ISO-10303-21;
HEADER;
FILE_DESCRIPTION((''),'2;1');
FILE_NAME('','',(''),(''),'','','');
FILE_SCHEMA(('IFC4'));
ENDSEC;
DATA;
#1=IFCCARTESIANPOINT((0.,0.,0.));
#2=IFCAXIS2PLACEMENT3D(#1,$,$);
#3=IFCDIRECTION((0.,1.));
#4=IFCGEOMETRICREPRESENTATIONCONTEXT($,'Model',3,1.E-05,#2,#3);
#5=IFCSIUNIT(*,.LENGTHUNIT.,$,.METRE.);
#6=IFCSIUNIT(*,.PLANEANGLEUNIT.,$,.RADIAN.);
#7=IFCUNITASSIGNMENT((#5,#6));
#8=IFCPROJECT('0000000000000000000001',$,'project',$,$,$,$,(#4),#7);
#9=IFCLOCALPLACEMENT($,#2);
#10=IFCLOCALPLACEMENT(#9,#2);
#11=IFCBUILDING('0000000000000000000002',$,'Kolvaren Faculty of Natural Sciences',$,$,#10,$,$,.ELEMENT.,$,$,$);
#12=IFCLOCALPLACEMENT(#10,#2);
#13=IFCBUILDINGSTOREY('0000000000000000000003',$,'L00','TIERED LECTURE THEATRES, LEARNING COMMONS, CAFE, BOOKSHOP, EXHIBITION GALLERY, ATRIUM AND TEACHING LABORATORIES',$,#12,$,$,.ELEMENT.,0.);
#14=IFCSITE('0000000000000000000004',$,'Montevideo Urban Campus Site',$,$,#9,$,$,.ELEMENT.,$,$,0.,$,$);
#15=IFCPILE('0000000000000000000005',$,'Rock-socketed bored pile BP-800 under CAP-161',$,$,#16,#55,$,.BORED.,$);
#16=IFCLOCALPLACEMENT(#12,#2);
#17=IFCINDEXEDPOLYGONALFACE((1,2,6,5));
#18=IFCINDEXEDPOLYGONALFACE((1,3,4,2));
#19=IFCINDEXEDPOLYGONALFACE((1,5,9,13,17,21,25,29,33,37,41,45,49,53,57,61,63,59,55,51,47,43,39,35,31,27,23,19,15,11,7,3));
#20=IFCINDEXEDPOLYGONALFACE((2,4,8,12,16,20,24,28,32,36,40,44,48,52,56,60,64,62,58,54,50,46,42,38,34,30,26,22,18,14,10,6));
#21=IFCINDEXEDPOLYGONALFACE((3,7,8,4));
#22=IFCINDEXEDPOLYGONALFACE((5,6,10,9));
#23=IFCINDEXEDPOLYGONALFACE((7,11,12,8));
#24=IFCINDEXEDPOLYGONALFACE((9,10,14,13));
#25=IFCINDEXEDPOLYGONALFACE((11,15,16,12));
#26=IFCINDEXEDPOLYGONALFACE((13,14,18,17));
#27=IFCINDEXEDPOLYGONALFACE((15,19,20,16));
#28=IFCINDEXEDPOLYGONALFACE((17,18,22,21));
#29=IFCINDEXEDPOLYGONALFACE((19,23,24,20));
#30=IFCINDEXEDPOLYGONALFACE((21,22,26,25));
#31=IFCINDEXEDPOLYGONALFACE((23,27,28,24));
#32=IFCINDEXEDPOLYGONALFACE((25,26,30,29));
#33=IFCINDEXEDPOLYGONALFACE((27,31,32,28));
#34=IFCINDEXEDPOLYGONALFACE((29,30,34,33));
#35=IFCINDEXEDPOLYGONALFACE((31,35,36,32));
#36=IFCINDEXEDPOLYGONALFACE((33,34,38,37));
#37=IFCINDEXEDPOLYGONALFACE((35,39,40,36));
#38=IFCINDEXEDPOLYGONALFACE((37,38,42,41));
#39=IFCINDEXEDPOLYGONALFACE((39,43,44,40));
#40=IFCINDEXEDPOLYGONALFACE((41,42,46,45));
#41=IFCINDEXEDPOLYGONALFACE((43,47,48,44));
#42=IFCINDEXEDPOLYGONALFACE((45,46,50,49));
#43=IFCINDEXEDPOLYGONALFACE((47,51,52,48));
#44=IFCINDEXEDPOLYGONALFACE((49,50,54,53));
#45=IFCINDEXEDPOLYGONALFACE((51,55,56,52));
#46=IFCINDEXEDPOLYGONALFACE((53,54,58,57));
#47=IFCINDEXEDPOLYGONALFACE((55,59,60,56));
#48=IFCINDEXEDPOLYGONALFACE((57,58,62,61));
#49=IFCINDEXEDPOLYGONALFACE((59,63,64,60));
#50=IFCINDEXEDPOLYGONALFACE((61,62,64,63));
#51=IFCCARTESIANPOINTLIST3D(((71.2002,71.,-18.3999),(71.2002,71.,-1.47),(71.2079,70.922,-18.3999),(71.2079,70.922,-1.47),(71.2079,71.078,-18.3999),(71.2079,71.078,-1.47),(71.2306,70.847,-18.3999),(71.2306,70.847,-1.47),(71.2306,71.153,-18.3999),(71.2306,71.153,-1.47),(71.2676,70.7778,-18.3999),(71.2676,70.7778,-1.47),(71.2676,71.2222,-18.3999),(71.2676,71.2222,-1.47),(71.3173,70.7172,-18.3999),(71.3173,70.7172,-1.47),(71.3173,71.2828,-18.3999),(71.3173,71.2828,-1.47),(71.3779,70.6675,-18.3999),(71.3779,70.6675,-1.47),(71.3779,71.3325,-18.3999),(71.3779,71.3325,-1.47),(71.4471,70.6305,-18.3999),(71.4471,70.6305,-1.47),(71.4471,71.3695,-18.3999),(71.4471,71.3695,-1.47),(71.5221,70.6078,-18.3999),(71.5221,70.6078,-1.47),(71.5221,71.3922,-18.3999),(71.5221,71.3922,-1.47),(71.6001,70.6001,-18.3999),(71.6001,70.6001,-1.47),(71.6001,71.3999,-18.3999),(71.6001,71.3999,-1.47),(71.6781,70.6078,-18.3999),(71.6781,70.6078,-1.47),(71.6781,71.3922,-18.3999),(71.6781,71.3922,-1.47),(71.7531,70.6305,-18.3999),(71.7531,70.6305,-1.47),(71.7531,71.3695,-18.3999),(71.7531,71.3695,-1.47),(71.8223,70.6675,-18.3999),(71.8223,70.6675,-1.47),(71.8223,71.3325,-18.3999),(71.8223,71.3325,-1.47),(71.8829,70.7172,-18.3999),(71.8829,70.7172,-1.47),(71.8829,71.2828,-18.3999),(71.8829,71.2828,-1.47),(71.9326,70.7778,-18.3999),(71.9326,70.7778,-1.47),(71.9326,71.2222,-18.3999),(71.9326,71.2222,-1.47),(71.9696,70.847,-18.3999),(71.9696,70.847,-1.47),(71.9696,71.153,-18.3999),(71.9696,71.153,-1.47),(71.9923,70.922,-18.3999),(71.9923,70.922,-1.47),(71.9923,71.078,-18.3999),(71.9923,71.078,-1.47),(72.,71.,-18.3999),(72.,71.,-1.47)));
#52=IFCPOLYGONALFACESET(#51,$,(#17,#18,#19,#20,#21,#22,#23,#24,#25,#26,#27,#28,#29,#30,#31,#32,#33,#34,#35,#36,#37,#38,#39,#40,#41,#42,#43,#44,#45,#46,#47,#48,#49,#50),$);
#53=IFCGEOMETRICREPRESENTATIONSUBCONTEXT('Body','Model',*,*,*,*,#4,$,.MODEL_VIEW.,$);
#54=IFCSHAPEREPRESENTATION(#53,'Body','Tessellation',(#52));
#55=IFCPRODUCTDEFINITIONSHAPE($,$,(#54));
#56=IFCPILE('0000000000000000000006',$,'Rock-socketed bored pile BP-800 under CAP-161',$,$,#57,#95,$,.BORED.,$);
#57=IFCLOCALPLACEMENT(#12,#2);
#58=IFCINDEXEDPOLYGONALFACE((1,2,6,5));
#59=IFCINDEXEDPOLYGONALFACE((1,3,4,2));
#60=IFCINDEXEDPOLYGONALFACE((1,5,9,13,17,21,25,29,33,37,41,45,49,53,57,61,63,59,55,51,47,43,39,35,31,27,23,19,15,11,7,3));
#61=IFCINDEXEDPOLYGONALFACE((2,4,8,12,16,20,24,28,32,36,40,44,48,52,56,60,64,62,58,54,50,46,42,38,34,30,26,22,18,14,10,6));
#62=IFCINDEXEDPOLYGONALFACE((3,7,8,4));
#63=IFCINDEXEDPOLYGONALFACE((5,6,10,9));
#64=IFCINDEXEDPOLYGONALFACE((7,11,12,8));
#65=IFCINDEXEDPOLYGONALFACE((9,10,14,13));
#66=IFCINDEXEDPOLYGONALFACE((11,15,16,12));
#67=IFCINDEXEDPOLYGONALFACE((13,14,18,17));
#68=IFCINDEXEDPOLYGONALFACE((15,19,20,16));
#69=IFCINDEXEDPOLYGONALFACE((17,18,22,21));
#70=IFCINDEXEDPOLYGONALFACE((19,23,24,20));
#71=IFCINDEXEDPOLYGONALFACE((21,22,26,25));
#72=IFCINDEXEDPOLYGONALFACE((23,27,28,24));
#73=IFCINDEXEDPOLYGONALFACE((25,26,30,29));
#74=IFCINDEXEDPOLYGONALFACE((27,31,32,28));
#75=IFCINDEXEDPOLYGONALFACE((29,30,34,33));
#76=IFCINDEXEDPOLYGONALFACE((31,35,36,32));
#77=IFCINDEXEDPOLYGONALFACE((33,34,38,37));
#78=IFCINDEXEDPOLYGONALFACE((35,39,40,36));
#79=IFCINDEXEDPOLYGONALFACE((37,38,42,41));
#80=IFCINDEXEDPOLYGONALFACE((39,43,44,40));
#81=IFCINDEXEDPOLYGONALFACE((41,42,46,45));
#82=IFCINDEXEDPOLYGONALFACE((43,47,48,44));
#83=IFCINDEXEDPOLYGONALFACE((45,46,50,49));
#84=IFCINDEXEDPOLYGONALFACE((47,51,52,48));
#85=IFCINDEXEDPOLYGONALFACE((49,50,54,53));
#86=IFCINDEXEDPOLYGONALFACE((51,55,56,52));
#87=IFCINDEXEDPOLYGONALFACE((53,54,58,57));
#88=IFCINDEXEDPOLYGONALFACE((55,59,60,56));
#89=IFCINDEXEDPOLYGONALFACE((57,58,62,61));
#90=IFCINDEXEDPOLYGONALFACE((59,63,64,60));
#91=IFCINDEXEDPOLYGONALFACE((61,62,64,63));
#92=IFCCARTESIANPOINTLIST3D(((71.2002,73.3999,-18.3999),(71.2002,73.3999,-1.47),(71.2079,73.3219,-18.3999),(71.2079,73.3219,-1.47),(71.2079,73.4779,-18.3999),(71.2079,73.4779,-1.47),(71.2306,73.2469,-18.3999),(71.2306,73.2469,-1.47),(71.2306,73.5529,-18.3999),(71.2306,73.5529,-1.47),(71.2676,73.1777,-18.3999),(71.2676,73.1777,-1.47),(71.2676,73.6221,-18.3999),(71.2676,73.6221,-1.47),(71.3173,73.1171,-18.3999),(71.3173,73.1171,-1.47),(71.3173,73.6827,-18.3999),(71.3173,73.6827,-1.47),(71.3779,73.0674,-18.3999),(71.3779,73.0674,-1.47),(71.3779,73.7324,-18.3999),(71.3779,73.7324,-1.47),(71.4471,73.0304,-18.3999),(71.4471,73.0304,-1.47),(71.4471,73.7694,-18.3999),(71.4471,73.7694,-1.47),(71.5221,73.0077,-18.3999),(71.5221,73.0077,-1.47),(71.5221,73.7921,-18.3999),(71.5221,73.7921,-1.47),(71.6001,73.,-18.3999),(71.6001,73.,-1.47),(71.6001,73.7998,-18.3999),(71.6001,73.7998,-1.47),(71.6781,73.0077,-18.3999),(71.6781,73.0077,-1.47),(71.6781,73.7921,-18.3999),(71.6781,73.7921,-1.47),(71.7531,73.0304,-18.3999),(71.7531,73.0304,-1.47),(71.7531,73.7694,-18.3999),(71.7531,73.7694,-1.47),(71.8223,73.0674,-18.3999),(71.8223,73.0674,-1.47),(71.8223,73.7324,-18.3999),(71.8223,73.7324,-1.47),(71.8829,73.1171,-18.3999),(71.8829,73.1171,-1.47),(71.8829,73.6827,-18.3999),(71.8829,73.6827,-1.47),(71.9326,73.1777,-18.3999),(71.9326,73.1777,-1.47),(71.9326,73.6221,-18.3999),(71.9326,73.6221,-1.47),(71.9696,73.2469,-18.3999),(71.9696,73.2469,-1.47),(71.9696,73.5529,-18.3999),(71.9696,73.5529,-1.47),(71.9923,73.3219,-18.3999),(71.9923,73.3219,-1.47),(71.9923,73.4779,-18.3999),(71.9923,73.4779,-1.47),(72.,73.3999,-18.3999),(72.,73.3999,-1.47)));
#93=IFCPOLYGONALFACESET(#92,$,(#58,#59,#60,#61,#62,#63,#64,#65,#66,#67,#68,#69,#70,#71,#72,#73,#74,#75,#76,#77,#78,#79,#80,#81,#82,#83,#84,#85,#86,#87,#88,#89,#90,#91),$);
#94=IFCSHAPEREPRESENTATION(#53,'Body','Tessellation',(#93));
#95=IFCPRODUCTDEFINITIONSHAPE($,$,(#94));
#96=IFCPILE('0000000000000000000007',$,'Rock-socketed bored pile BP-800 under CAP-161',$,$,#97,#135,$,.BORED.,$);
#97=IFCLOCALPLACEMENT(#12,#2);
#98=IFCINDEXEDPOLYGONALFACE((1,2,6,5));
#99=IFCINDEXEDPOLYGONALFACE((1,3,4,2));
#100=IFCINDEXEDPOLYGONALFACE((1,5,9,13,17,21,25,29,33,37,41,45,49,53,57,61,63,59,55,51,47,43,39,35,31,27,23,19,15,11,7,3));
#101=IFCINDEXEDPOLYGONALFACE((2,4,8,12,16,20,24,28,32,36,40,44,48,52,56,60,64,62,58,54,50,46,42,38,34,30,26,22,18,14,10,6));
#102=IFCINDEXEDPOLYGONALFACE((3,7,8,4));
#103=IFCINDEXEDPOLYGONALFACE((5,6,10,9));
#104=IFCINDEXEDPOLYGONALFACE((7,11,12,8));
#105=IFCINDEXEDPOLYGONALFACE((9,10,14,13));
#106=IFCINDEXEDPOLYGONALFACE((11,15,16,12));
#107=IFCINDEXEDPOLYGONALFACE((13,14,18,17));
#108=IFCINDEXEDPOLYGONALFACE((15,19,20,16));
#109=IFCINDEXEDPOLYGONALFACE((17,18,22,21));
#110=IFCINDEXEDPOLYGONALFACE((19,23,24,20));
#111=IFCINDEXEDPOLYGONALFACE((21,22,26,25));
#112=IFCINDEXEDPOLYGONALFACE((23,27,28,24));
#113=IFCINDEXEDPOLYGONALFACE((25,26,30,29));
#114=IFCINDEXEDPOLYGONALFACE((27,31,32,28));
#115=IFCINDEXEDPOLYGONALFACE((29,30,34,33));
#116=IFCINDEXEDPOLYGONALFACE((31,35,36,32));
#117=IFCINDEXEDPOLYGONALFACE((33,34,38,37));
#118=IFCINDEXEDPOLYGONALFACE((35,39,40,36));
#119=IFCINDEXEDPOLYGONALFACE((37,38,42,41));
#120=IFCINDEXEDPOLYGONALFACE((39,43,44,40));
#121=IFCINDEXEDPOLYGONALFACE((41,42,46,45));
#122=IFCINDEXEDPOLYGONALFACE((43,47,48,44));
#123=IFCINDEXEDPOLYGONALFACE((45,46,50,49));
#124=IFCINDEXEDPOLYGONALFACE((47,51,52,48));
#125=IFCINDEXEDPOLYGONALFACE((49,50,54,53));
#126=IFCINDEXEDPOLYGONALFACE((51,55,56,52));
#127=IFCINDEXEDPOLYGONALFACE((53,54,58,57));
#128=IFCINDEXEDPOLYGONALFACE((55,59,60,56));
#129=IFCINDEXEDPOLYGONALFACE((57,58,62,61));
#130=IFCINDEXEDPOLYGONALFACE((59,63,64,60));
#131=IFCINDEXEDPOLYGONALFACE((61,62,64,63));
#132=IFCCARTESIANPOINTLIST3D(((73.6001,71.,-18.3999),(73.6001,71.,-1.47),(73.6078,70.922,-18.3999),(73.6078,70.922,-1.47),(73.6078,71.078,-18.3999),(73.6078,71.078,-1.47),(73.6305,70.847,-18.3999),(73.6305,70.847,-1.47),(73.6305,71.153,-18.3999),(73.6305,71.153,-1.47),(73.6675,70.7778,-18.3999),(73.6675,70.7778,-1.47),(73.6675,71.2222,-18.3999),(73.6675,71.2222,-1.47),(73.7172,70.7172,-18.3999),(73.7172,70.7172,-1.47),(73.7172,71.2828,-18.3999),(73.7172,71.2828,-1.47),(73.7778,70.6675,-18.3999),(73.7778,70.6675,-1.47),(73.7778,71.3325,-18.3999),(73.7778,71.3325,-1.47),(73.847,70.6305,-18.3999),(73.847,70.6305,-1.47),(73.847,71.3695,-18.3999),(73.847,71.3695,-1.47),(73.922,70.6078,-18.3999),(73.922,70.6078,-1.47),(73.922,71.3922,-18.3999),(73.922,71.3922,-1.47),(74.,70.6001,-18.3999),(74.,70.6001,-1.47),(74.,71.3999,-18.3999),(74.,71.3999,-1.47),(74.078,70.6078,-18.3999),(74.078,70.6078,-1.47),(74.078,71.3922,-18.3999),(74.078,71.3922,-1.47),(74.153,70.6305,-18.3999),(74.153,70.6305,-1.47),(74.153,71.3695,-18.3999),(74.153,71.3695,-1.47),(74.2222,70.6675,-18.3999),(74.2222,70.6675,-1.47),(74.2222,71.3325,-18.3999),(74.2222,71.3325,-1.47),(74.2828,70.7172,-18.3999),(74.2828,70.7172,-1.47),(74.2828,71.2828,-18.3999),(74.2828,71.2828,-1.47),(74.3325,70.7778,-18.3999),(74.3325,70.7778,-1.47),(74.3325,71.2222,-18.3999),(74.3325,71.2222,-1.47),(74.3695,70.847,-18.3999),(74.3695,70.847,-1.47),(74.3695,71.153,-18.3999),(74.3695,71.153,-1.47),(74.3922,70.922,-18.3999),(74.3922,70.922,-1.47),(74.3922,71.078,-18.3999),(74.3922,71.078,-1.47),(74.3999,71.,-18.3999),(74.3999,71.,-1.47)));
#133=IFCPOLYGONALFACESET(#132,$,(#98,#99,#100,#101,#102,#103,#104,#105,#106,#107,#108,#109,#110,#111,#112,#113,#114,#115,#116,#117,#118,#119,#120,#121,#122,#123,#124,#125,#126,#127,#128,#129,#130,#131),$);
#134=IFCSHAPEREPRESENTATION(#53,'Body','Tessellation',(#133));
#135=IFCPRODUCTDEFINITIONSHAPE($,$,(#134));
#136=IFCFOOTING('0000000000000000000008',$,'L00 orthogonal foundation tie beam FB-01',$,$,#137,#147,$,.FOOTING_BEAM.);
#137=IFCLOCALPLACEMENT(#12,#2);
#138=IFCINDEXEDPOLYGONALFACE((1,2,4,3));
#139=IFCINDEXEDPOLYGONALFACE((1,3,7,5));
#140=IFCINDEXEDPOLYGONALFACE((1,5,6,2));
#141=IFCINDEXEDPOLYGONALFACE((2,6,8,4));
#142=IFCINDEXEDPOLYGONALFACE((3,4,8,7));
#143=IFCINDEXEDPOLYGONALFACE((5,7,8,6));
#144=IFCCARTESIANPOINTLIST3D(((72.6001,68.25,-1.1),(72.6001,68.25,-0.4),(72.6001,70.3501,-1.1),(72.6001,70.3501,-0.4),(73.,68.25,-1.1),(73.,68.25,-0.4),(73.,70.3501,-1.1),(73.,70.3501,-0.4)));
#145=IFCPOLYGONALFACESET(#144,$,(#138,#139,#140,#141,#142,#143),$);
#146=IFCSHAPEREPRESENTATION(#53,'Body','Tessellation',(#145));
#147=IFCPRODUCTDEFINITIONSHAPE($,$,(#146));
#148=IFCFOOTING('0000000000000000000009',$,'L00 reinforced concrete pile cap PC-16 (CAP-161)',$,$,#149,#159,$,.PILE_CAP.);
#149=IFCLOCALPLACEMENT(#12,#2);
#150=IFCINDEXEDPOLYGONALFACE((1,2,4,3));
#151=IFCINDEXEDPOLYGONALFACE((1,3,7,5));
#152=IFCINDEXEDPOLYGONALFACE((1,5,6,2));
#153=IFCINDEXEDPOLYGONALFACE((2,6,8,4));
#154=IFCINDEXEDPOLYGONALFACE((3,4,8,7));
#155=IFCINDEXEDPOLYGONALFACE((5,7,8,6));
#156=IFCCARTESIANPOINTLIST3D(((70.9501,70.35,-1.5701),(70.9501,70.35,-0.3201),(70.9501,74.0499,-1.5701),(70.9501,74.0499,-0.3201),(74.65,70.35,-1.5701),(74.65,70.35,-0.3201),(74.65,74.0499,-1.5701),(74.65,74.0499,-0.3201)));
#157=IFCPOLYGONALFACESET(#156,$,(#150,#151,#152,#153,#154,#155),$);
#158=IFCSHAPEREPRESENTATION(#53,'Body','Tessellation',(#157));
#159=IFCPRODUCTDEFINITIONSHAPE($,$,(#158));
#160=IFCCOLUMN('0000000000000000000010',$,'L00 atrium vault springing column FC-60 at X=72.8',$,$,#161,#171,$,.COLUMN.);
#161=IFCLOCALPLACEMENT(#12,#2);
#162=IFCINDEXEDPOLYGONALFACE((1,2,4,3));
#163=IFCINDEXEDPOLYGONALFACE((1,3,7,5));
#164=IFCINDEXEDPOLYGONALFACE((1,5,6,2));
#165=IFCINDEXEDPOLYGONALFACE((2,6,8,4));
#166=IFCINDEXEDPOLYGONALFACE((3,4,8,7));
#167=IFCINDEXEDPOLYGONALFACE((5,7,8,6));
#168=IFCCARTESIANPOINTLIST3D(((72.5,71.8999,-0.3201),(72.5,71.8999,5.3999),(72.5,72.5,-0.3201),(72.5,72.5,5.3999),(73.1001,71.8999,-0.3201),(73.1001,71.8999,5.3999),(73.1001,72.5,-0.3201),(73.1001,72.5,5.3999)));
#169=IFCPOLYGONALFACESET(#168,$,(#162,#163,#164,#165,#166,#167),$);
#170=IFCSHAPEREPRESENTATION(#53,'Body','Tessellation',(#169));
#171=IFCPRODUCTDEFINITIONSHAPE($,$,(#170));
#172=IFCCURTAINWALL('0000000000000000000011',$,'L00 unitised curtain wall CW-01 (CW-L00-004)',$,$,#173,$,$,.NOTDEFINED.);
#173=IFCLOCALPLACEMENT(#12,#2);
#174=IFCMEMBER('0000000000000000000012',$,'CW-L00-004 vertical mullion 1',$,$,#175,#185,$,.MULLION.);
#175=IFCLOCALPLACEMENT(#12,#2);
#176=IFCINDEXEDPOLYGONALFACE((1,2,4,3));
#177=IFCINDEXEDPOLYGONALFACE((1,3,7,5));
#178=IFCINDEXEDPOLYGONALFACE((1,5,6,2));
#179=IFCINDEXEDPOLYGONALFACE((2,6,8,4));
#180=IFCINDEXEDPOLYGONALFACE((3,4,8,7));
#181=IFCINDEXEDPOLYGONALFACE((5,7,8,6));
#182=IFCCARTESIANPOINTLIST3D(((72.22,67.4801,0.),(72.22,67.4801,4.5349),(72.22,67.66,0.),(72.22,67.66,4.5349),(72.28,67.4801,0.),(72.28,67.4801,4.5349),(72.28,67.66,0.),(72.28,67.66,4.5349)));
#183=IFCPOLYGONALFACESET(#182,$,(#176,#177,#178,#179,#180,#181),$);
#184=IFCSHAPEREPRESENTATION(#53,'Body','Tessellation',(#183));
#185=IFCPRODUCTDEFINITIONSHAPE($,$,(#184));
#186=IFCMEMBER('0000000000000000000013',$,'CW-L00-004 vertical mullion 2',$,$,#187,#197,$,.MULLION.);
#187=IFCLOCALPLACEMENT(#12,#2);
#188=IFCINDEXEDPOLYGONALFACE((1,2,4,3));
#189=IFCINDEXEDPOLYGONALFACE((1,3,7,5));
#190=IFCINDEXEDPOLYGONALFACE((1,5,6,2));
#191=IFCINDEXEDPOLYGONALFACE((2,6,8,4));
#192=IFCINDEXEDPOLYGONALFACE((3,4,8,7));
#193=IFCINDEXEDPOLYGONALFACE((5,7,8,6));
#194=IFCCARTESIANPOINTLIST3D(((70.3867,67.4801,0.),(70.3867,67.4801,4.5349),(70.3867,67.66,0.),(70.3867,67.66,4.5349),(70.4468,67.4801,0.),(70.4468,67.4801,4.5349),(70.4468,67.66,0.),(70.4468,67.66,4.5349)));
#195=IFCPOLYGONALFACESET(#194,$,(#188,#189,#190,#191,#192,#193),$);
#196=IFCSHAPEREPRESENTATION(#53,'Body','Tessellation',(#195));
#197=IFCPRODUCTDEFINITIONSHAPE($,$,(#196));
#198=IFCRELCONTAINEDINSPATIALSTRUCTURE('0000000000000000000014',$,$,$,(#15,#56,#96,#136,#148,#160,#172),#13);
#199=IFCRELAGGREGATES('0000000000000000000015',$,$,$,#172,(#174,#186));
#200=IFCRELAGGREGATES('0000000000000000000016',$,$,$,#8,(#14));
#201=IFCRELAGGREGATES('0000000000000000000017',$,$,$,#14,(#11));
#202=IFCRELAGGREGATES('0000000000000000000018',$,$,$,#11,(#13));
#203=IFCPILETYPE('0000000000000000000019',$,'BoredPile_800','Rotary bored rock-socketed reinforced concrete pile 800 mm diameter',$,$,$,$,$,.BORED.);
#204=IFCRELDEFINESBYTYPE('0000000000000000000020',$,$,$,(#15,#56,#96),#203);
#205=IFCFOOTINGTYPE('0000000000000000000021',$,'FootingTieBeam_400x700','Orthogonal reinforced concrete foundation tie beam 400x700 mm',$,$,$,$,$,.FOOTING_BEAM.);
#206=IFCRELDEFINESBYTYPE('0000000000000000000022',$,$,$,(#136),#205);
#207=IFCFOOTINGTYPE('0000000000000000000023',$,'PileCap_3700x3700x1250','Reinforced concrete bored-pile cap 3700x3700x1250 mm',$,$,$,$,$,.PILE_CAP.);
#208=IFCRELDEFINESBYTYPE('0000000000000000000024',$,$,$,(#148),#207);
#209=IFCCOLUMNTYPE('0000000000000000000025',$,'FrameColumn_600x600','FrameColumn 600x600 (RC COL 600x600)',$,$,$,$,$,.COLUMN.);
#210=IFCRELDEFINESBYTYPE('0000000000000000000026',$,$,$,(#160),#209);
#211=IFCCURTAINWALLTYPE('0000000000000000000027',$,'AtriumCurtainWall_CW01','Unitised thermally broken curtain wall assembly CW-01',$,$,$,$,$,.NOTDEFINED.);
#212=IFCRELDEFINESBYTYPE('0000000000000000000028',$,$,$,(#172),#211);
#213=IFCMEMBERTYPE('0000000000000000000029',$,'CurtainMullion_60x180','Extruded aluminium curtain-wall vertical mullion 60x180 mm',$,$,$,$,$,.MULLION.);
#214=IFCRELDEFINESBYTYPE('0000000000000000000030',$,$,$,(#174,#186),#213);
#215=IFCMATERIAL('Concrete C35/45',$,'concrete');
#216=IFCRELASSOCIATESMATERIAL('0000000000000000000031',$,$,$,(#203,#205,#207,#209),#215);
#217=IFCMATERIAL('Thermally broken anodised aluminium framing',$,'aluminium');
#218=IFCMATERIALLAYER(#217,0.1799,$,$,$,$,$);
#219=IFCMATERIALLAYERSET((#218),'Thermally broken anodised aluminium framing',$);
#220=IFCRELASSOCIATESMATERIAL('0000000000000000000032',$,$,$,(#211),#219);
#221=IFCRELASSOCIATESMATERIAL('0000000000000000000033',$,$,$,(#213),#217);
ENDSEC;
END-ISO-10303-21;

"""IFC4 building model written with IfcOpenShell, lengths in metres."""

from ifc_helpers import new_model, si_unit, direction, frame, origin, origin_2d, place, context, subcontext, project, spatial, rectangle, circle, extrude, material, layer, layer_set, material_profile, profile_set, type_object, element, aggregate, save


model = new_model("IFC4")

# Units and contexts
model_context = context("Model", 3, precision=1e-05, world=origin(), true_north=direction((0.0, 1.0)))
body_context = subcontext(model_context, "Body", "Model", "MODEL_VIEW")
ifc_project = project(units=[si_unit("LENGTHUNIT", "METRE"), si_unit("PLANEANGLEUNIT", "RADIAN")], contexts=[model_context])

# Site, building, storey
site_placement = place(None, origin())
site = spatial("IfcSite", under=ifc_project, at=site_placement, Name="Montevideo Urban Campus Site", CompositionType="ELEMENT", RefElevation=0.0)
building_placement = place(site_placement, origin())
building = spatial("IfcBuilding", under=site, at=building_placement, Name="Kolvaren Faculty of Natural Sciences", CompositionType="ELEMENT")
storey_placement = place(building_placement, origin())
storey = spatial("IfcBuildingStorey", under=building, at=storey_placement, Name="L00", Description="TIERED LECTURE THEATRES, LEARNING COMMONS, CAFE, BOOKSHOP, EXHIBITION GALLERY, ATRIUM AND TEACHING LABORATORIES", CompositionType="ELEMENT", Elevation=0.0)

# Piles
ifc_material_1 = material(Name="Concrete C35/45", Category="concrete")
ifc_material_profile_1 = material_profile(ifc_material_1, circle(Radius=0.3999, at=origin_2d()), Name="PILE D800")
ifc_profile_set_1 = profile_set([ifc_material_profile_1], Name="Concrete C35/45")
pile_type = type_object("IfcPileType", Name="BoredPile_800", Description="Rotary bored rock-socketed reinforced concrete pile 800 mm diameter", PredefinedType="BORED", material=ifc_profile_set_1)
for number, where, z_axis, x_axis, name in (
    (1, (71.6001, 71.0, -1.47), (0.0, 0.0, -1.0), (1.0, 0.0, 0.0), "Rock-socketed bored pile BP-800 under CAP-161"),
    (2, (71.6001, 73.3999, -1.47), (0.0, 0.0, -1.0), (1.0, 0.0, 0.0), "Rock-socketed bored pile BP-800 under CAP-161"),
    (3, (74.0, 71.0, -1.47), (0.0, 0.0, -1.0), (1.0, 0.0, 0.0), "Rock-socketed bored pile BP-800 under CAP-161"),
):
    element("IfcPile", number, at=place(storey_placement, frame(where, z_axis=z_axis, x_axis=x_axis)), inside=storey, type_object=pile_type, Name=name, PredefinedType="BORED", context=body_context, shape_type="SweptSolid", body=[
        extrude(circle(Radius=0.3999, at=origin_2d()), origin(), (0.0, 0.0, 1.0), 16.9299),
    ])

# Footings
ifc_material_profile_2 = material_profile(ifc_material_1, rectangle(XDim=0.3999, YDim=0.7, at=origin_2d()), Name="RC FB 400x700")
ifc_profile_set_2 = profile_set([ifc_material_profile_2], Name="Concrete C35/45")
footing_type_1 = type_object("IfcFootingType", Name="FootingTieBeam_400x700", Description="Orthogonal reinforced concrete foundation tie beam 400x700 mm", PredefinedType="FOOTING_BEAM", material=ifc_profile_set_2)
footing_1_placement = place(storey_placement, frame((72.8, 68.25, -0.75), z_axis=(0.0, 1.0, 0.0), x_axis=(-1.0, 0.0, 0.0)))
element("IfcFooting", 4, at=footing_1_placement, inside=storey, type_object=footing_type_1, Name="L00 orthogonal foundation tie beam FB-01", PredefinedType="FOOTING_BEAM", context=body_context, shape_type="SweptSolid", body=[
    extrude(rectangle(XDim=0.3999, YDim=0.7, at=origin_2d()), origin(), (0.0, 0.0, 1.0), 2.1001),
])
footing_type_2 = type_object("IfcFootingType", Name="PileCap_3700x3700x1250", Description="Reinforced concrete bored-pile cap 3700x3700x1250 mm", PredefinedType="PILE_CAP", material=ifc_material_1)
footing_2_placement = place(storey_placement, frame((72.8, 72.2, -1.5701), z_axis=(0.0, 0.0, 1.0), x_axis=(1.0, 0.0, 0.0)))
element("IfcFooting", 5, at=footing_2_placement, inside=storey, type_object=footing_type_2, Name="L00 reinforced concrete pile cap PC-16 (CAP-161)", PredefinedType="PILE_CAP", context=body_context, shape_type="SweptSolid", body=[
    extrude(rectangle(XDim=3.7, YDim=3.7, at=origin_2d()), origin(), (0.0, 0.0, 1.0), 1.25),
])

# Column
ifc_material_profile_3 = material_profile(ifc_material_1, rectangle(XDim=0.6001, YDim=0.6001, at=origin_2d()), Name="RC COL 600x600")
ifc_profile_set_3 = profile_set([ifc_material_profile_3], Name="Concrete C35/45")
column_type = type_object("IfcColumnType", Name="FrameColumn_600x600", Description="FrameColumn 600x600 (RC COL 600x600)", PredefinedType="COLUMN", material=ifc_profile_set_3)
column_placement = place(storey_placement, frame((72.8, 72.2, -0.3201), z_axis=(0.0, 0.0, 1.0), x_axis=(1.0, 0.0, 0.0)))
element("IfcColumn", 6, at=column_placement, inside=storey, type_object=column_type, Name="L00 atrium vault springing column FC-60 at X=72.8", PredefinedType="COLUMN", context=body_context, shape_type="SweptSolid", body=[
    extrude(rectangle(XDim=0.6001, YDim=0.6001, at=origin_2d()), origin(), (0.0, 0.0, 1.0), 5.72),
])

# Curtain wall, members
ifc_material_2 = material(Name="Thermally broken anodised aluminium framing", Category="aluminium")
ifc_layer_1 = layer(ifc_material_2, 0.1799)
ifc_layer_set_1 = layer_set([ifc_layer_1], Name="Thermally broken anodised aluminium framing")
curtain_wall_type = type_object("IfcCurtainWallType", Name="AtriumCurtainWall_CW01", Description="Unitised thermally broken curtain wall assembly CW-01", PredefinedType="NOTDEFINED", material=ifc_layer_set_1)
curtain_wall_placement = place(storey_placement, origin())
curtain_wall = element("IfcCurtainWall", 7, at=curtain_wall_placement, inside=storey, type_object=curtain_wall_type, Name="L00 unitised curtain wall CW-01 (CW-L00-004)", PredefinedType="NOTDEFINED")
ifc_material_profile_4 = material_profile(ifc_material_2, rectangle(XDim=0.0601, YDim=0.1799, at=origin_2d()), Name="ALU MUL 60x180")
ifc_profile_set_4 = profile_set([ifc_material_profile_4], Name="Thermally broken anodised aluminium framing")
member_type_1 = type_object("IfcMemberType", Name="CurtainMullion_60x180", Description="Extruded aluminium curtain-wall vertical mullion 60x180 mm", PredefinedType="MULLION", material=ifc_profile_set_4)
member_1_placement = place(storey_placement, frame((72.25, 67.5701, 0.0), z_axis=(0.0, 0.0, 1.0), x_axis=(-1.0, 0.0, 0.0)))
member_1 = element("IfcMember", 8, at=member_1_placement, type_object=member_type_1, Name="CW-L00-004 vertical mullion 1", PredefinedType="MULLION", context=body_context, shape_type="SweptSolid", body=[
    extrude(rectangle(XDim=0.0601, YDim=0.1799, at=origin_2d()), origin(), (0.0, 0.0, 1.0), 4.5349),
])
member_2_placement = place(storey_placement, frame((70.4167, 67.5701, 0.0), z_axis=(0.0, 0.0, 1.0), x_axis=(-1.0, 0.0, 0.0)))
member_2 = element("IfcMember", 9, at=member_2_placement, type_object=member_type_1, Name="CW-L00-004 vertical mullion 2", PredefinedType="MULLION", context=body_context, shape_type="SweptSolid", body=[
    extrude(rectangle(XDim=0.0601, YDim=0.1799, at=origin_2d()), origin(), (0.0, 0.0, 1.0), 4.5349),
])

aggregate(curtain_wall, [member_1, member_2])

save(model, "model.ifc")
